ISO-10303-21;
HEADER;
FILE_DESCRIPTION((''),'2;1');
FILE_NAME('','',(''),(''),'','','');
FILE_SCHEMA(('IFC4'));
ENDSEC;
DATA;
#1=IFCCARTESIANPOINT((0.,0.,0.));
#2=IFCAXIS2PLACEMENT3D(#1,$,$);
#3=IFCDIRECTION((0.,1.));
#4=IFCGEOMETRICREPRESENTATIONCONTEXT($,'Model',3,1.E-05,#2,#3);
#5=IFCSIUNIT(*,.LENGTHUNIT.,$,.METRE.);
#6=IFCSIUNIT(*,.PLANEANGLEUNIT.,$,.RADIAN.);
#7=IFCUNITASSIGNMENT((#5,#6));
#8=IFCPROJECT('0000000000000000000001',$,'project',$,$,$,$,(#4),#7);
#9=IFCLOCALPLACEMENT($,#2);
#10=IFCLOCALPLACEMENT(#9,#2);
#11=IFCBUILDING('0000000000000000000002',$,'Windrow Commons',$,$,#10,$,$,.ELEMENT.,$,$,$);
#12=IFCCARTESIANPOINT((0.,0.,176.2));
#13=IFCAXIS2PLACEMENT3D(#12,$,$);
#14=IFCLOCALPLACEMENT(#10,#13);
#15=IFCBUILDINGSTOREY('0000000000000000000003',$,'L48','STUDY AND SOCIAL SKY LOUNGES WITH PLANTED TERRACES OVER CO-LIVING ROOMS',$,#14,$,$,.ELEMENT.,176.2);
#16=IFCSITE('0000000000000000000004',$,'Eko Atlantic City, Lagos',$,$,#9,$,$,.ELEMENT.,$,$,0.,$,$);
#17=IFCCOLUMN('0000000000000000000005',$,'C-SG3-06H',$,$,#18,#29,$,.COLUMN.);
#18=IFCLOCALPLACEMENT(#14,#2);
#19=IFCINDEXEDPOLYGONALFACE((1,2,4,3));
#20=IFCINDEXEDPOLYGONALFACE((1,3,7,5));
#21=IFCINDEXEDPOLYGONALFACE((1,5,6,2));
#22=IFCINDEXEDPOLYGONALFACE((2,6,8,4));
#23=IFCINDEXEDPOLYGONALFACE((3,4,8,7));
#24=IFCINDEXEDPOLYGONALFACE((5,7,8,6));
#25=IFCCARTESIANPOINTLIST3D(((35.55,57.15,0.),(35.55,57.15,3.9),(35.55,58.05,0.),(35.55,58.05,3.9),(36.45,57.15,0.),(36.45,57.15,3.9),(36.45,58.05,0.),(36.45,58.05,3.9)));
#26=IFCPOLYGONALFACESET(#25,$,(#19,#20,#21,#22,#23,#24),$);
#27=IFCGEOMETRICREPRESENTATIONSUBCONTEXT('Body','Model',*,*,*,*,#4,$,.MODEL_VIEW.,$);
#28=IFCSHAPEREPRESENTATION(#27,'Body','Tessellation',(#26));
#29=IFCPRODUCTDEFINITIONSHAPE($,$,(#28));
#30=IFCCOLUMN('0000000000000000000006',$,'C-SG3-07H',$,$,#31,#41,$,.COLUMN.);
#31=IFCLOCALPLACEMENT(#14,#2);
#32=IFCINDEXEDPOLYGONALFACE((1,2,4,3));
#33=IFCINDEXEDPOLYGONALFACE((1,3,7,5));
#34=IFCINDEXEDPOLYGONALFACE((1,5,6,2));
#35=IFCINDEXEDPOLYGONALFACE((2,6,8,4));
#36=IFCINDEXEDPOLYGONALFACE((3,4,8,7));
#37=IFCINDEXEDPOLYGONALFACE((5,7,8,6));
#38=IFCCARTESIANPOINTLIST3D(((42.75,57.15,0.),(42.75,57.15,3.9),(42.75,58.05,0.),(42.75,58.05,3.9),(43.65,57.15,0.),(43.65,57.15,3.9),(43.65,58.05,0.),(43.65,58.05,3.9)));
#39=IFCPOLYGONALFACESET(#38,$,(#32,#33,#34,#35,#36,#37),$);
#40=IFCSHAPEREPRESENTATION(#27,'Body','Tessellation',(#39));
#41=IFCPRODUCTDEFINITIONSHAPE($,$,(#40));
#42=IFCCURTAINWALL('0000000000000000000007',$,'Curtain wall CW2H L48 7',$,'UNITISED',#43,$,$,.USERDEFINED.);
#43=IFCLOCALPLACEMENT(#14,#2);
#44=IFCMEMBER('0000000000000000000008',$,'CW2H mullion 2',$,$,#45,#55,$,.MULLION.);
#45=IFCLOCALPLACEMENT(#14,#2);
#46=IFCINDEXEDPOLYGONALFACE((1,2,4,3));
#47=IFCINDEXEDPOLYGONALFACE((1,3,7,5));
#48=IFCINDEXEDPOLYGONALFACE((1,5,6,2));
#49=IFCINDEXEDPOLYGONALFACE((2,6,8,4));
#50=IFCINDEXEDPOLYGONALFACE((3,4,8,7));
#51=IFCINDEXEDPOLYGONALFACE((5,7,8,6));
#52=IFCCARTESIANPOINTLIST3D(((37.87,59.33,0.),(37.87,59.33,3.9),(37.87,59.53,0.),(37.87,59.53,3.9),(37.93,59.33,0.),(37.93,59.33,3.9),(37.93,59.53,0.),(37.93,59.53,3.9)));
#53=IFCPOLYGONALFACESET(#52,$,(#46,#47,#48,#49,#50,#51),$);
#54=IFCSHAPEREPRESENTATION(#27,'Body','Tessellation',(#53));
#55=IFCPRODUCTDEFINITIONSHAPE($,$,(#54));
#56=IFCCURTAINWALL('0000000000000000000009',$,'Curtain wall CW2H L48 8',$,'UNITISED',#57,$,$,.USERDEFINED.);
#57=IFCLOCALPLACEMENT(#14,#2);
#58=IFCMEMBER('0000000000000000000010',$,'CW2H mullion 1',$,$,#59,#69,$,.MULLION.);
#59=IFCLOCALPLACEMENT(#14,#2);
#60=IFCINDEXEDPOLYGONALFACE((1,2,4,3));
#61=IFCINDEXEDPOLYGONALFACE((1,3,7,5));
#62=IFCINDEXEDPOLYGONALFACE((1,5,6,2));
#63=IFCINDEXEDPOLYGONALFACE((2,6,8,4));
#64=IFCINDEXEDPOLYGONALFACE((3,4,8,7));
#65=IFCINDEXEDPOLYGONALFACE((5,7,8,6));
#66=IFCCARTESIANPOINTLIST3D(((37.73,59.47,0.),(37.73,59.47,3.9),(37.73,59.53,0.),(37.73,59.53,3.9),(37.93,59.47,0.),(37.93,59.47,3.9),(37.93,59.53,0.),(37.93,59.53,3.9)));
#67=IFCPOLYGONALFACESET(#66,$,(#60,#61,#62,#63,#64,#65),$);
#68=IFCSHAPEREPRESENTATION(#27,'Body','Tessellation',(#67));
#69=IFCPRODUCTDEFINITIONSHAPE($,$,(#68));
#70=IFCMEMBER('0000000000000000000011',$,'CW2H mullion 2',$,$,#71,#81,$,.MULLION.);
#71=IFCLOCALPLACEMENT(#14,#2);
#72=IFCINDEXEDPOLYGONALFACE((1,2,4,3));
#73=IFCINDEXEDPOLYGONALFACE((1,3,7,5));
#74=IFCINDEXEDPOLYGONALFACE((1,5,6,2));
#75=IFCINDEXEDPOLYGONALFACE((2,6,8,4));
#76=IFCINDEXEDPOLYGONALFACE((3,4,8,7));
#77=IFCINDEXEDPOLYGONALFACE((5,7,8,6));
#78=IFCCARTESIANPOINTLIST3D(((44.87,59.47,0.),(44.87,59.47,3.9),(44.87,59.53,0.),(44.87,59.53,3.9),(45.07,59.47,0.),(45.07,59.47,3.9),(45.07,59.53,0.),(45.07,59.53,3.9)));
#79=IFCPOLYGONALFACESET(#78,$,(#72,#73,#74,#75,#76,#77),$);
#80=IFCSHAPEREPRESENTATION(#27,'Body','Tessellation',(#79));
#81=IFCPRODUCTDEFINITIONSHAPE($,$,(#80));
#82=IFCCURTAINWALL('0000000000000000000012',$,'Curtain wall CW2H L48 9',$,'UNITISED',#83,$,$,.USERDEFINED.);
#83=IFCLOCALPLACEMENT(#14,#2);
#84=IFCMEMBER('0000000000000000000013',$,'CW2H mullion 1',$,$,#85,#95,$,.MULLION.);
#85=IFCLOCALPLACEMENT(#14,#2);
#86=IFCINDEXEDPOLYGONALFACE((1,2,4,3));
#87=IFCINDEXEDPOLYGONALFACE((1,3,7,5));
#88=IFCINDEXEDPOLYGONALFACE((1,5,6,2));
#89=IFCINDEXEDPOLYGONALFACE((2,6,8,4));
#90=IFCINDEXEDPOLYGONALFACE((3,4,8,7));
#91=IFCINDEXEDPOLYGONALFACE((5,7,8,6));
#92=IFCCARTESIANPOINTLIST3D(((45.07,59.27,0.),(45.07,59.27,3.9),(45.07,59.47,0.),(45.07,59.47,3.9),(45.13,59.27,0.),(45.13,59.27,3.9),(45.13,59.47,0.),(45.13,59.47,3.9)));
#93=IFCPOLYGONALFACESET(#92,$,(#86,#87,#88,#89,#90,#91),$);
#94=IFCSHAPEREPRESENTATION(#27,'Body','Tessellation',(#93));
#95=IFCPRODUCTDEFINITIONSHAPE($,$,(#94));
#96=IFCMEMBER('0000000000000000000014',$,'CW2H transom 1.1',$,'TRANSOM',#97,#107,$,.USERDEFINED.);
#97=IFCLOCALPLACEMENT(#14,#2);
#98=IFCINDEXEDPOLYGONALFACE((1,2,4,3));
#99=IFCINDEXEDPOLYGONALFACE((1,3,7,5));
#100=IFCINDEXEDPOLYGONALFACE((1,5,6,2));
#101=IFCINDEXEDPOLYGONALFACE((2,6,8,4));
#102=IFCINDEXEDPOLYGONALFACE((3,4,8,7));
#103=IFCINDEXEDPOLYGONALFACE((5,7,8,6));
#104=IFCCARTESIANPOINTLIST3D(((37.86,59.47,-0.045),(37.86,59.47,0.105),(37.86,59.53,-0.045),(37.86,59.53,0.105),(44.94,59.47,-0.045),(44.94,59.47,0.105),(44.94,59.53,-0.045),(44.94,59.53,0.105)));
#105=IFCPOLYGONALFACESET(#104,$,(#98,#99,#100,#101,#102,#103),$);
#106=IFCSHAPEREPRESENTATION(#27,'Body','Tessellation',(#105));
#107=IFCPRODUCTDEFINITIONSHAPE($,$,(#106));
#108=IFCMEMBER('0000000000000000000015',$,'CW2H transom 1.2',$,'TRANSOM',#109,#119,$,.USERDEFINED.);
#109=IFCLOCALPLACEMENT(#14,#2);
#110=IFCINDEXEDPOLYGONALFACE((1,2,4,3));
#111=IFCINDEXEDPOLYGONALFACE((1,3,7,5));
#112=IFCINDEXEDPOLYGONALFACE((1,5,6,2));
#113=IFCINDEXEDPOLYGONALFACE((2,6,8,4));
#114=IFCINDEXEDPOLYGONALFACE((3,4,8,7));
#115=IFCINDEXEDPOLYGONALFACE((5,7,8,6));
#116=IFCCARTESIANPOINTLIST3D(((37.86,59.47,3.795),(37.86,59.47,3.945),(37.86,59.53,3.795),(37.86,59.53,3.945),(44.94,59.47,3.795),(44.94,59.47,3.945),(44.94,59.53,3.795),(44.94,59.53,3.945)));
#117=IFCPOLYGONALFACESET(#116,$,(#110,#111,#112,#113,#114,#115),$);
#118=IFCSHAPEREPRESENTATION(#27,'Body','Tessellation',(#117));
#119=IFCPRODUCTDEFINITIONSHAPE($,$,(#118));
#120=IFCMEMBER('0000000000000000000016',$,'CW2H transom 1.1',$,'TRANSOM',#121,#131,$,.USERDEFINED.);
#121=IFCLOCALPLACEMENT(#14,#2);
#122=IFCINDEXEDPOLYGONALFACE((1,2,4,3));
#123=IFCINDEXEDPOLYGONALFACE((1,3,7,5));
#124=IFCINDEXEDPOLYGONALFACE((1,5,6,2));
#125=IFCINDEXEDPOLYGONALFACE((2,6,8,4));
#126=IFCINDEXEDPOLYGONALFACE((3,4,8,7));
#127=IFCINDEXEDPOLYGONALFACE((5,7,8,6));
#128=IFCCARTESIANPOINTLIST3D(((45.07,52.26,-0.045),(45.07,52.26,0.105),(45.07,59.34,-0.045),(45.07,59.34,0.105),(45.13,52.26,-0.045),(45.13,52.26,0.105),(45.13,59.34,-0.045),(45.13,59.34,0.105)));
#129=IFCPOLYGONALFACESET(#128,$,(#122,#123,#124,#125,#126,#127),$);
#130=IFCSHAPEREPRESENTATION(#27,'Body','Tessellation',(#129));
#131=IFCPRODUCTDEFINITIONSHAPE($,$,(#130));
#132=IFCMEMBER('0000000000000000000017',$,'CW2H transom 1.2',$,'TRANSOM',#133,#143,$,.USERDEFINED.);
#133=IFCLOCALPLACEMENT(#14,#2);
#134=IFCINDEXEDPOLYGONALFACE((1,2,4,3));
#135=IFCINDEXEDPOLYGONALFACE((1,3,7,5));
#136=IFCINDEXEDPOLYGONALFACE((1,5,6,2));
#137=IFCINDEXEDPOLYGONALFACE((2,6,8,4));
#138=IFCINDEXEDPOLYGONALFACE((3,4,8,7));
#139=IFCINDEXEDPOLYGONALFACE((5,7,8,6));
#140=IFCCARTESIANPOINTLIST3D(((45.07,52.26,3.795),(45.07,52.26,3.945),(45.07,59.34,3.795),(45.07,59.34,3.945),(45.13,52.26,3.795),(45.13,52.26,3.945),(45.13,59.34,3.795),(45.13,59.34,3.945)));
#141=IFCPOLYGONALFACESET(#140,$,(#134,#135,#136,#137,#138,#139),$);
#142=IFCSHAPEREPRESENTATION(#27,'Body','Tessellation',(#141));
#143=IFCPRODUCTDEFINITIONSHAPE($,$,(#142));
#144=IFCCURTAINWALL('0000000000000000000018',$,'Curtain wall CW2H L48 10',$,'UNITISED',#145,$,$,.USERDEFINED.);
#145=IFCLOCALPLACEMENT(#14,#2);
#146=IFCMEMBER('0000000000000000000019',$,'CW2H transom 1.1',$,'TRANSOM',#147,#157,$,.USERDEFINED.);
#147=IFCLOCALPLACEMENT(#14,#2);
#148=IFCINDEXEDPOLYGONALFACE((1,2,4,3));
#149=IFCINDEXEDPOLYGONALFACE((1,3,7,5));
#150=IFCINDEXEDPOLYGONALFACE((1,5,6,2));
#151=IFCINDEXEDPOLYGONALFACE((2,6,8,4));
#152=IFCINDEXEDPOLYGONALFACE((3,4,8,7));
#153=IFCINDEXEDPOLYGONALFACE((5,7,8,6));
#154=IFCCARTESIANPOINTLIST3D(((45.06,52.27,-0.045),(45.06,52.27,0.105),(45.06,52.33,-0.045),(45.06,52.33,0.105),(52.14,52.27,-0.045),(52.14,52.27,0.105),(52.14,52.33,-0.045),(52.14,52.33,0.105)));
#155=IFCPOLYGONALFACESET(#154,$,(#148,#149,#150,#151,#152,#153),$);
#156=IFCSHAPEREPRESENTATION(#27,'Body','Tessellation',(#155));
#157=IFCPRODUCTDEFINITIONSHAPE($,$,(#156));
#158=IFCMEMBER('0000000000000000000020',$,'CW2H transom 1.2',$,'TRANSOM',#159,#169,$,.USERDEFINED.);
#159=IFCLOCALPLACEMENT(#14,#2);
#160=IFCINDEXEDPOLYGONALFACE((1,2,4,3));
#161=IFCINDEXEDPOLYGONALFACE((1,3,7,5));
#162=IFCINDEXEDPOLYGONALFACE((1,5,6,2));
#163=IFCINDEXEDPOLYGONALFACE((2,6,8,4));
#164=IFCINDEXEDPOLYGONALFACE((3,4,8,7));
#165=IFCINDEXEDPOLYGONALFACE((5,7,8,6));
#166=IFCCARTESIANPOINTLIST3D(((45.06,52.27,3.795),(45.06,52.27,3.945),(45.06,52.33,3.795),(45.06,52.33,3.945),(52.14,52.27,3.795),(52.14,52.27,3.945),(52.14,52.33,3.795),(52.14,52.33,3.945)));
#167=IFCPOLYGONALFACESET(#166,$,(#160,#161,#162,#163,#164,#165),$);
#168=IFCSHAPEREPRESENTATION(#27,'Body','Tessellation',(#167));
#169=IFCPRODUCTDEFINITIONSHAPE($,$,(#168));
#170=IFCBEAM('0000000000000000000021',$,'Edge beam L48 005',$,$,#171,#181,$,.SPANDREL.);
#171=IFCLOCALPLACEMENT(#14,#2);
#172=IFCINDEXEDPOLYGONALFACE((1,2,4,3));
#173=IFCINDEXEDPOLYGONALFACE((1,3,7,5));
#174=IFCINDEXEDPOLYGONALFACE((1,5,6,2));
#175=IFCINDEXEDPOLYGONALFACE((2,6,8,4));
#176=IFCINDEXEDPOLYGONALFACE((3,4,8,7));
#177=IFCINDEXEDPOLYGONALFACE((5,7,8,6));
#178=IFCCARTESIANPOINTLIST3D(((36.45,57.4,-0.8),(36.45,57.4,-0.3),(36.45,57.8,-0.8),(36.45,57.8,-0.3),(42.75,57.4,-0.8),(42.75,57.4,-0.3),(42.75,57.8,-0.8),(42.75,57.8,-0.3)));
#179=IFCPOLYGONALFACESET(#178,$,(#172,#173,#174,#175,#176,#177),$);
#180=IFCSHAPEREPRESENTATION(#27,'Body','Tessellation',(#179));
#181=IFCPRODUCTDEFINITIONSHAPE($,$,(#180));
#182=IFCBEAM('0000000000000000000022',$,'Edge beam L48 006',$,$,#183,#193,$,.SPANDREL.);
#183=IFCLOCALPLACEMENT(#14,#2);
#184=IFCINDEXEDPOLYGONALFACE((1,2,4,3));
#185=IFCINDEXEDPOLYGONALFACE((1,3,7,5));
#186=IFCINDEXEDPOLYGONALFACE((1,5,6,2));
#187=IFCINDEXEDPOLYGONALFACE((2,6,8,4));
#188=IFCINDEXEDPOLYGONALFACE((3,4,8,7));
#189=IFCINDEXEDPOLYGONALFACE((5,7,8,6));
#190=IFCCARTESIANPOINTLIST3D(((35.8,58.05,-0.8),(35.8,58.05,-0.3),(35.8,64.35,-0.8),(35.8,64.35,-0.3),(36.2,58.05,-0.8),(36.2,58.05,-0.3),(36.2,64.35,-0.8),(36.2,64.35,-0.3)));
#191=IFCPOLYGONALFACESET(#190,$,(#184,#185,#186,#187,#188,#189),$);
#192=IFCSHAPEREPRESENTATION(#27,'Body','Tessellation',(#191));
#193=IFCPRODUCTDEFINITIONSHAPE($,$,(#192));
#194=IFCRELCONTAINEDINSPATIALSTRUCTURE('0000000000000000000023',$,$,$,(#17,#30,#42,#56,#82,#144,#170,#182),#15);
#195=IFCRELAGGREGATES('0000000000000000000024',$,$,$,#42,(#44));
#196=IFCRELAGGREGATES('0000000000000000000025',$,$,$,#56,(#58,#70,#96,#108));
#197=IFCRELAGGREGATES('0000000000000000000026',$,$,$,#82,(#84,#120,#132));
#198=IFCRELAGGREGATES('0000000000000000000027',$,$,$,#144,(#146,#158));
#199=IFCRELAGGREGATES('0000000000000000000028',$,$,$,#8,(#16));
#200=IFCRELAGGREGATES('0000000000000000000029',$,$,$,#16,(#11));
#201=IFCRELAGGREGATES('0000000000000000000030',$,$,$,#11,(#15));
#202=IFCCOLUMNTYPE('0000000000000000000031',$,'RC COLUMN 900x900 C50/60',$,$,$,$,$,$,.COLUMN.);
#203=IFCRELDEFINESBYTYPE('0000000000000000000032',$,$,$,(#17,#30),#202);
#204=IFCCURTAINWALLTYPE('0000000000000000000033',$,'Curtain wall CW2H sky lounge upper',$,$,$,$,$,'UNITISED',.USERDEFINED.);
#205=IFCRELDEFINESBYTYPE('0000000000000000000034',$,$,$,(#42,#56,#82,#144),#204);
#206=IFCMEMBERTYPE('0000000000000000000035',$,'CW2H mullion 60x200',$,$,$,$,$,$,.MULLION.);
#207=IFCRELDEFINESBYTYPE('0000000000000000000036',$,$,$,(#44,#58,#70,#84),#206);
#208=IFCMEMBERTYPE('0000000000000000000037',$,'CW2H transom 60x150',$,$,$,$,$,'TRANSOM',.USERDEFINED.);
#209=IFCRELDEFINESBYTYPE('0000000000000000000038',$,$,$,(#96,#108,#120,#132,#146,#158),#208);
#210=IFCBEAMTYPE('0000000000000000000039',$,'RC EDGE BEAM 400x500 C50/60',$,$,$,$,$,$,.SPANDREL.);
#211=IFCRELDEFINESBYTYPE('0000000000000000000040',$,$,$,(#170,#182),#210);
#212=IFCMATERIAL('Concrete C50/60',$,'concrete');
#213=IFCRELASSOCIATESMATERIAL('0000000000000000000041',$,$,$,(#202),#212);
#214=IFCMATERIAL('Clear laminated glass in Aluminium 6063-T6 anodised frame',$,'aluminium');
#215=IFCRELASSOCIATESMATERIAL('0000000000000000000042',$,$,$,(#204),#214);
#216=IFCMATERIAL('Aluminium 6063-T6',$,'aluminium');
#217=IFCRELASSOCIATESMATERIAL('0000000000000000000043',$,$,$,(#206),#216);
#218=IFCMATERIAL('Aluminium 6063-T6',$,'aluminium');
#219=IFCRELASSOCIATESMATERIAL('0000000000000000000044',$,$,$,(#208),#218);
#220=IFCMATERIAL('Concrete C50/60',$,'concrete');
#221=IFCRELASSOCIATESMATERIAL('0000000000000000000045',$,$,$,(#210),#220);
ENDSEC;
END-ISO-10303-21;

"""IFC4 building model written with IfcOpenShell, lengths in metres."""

from ifc_helpers import new_model, si_unit, direction, frame, origin, origin_2d, place, context, subcontext, project, spatial, rectangle, extrude, material, material_profile, profile_set, type_object, element, aggregate, save


model = new_model("IFC4")

# Units and contexts
model_context = context("Model", 3, precision=1e-05, world=origin(), true_north=direction((0.0, 1.0)))
body_context = subcontext(model_context, "Body", "Model", "MODEL_VIEW")
ifc_project = project(units=[si_unit("LENGTHUNIT", "METRE"), si_unit("PLANEANGLEUNIT", "RADIAN")], contexts=[model_context])

# Site, building, storey
site_placement = place(None, origin())
site = spatial("IfcSite", under=ifc_project, at=site_placement, Name="Eko Atlantic City, Lagos", CompositionType="ELEMENT", RefElevation=0.0)
building_placement = place(site_placement, origin())
building = spatial("IfcBuilding", under=site, at=building_placement, Name="Windrow Commons", CompositionType="ELEMENT")
storey_placement = place(building_placement, frame((0.0, 0.0, 176.2)))
storey = spatial("IfcBuildingStorey", under=building, at=storey_placement, Name="L48", Description="STUDY AND SOCIAL SKY LOUNGES WITH PLANTED TERRACES OVER CO-LIVING ROOMS", CompositionType="ELEMENT", Elevation=176.2)

# Columns
ifc_material_1 = material(Name="Concrete C50/60", Category="concrete")
ifc_material_profile_1 = material_profile(ifc_material_1, rectangle(XDim=0.9, YDim=0.9, at=origin_2d()))
ifc_profile_set_1 = profile_set([ifc_material_profile_1], Name="Concrete C50/60")
column_type = type_object("IfcColumnType", Name="RC COLUMN 900x900 C50/60", PredefinedType="COLUMN", material=ifc_profile_set_1)
for number, where, z_axis, x_axis, name in (
    (1, (36.0, 57.6, 0.0), (0.0, 0.0, 1.0), (1.0, 0.0, 0.0), "C-SG3-06H"),
    (2, (43.2, 57.6, 0.0), (0.0, 0.0, 1.0), (1.0, 0.0, 0.0), "C-SG3-07H"),
):
    element("IfcColumn", number, at=place(storey_placement, frame(where, z_axis=z_axis, x_axis=x_axis)), inside=storey, type_object=column_type, Name=name, PredefinedType="COLUMN", context=body_context, shape_type="SweptSolid", body=[
        extrude(rectangle(XDim=0.9, YDim=0.9, at=origin_2d()), origin(), (0.0, 0.0, 1.0), 3.9),
    ])

# Curtain wall, member
ifc_material_2 = material(Name="Clear laminated glass in Aluminium 6063-T6 anodised frame", Category="aluminium")
curtain_wall_type = type_object("IfcCurtainWallType", Name="Curtain wall CW2H sky lounge upper", ElementType="UNITISED", PredefinedType="USERDEFINED", material=ifc_material_2)
placement = place(storey_placement, origin())
curtain_wall_1 = element("IfcCurtainWall", 3, at=placement, inside=storey, type_object=curtain_wall_type, Name="Curtain wall CW2H L48 7", ObjectType="UNITISED", PredefinedType="USERDEFINED")
ifc_material_3 = material(Name="Aluminium 6063-T6", Category="aluminium")
ifc_material_profile_2 = material_profile(ifc_material_3, rectangle(XDim=0.06, YDim=0.2, at=origin_2d()))
ifc_profile_set_2 = profile_set([ifc_material_profile_2], Name="Aluminium 6063-T6")
member_type_1 = type_object("IfcMemberType", Name="CW2H mullion 60x200", PredefinedType="MULLION", material=ifc_profile_set_2)
member_1_placement = place(storey_placement, frame((37.9, 59.43, 0.0), z_axis=(0.0, 0.0, 1.0), x_axis=(1.0, 0.0, 0.0)))
member_1 = element("IfcMember", 4, at=member_1_placement, type_object=member_type_1, Name="CW2H mullion 2", PredefinedType="MULLION", context=body_context, shape_type="SweptSolid", body=[
    extrude(rectangle(XDim=0.06, YDim=0.2, at=origin_2d()), origin(), (0.0, 0.0, 1.0), 3.9),
])
aggregate(curtain_wall_1, [member_1])

# Curtain wall, members
curtain_wall_2 = element("IfcCurtainWall", 5, at=placement, inside=storey, type_object=curtain_wall_type, Name="Curtain wall CW2H L48 8", ObjectType="UNITISED", PredefinedType="USERDEFINED")
member_2_placement = place(storey_placement, frame((37.83, 59.5, 0.0), z_axis=(0.0, 0.0, 1.0), x_axis=(0.0, 1.0, 0.0)))
member_2 = element("IfcMember", 6, at=member_2_placement, type_object=member_type_1, Name="CW2H mullion 1", PredefinedType="MULLION", context=body_context, shape_type="SweptSolid", body=[
    extrude(rectangle(XDim=0.06, YDim=0.2, at=origin_2d()), origin(), (0.0, 0.0, 1.0), 3.9),
])
member_3_placement = place(storey_placement, frame((44.97, 59.5, 0.0), z_axis=(0.0, 0.0, 1.0), x_axis=(0.0, 1.0, 0.0)))
member_3 = element("IfcMember", 7, at=member_3_placement, type_object=member_type_1, Name="CW2H mullion 2", PredefinedType="MULLION", context=body_context, shape_type="SweptSolid", body=[
    extrude(rectangle(XDim=0.06, YDim=0.2, at=origin_2d()), origin(), (0.0, 0.0, 1.0), 3.9),
])

# Curtain wall, member
curtain_wall_3 = element("IfcCurtainWall", 8, at=placement, inside=storey, type_object=curtain_wall_type, Name="Curtain wall CW2H L48 9", ObjectType="UNITISED", PredefinedType="USERDEFINED")
member_4_placement = place(storey_placement, frame((45.1, 59.37, 0.0), z_axis=(0.0, 0.0, 1.0), x_axis=(1.0, 0.0, 0.0)))
member_4 = element("IfcMember", 9, at=member_4_placement, type_object=member_type_1, Name="CW2H mullion 1", PredefinedType="MULLION", context=body_context, shape_type="SweptSolid", body=[
    extrude(rectangle(XDim=0.06, YDim=0.2, at=origin_2d()), origin(), (0.0, 0.0, 1.0), 3.9),
])

# Members
ifc_material_4 = material(Name="Aluminium 6063-T6", Category="aluminium")
ifc_material_profile_3 = material_profile(ifc_material_4, rectangle(XDim=0.06, YDim=0.15, at=origin_2d()))
ifc_profile_set_3 = profile_set([ifc_material_profile_3], Name="Aluminium 6063-T6")
member_type_2 = type_object("IfcMemberType", Name="CW2H transom 60x150", ElementType="TRANSOM", PredefinedType="USERDEFINED", material=ifc_profile_set_3)
member_5_placement = place(storey_placement, frame((37.86, 59.5, 0.03), z_axis=(1.0, 0.0, 0.0), x_axis=(0.0, 1.0, 0.0)))
member_5 = element("IfcMember", 10, at=member_5_placement, type_object=member_type_2, Name="CW2H transom 1.1", ObjectType="TRANSOM", PredefinedType="USERDEFINED", context=body_context, shape_type="SweptSolid", body=[
    extrude(rectangle(XDim=0.06, YDim=0.15, at=origin_2d()), origin(), (0.0, 0.0, 1.0), 7.08),
])
member_6_placement = place(storey_placement, frame((37.86, 59.5, 3.87), z_axis=(1.0, 0.0, 0.0), x_axis=(0.0, 1.0, 0.0)))
member_6 = element("IfcMember", 11, at=member_6_placement, type_object=member_type_2, Name="CW2H transom 1.2", ObjectType="TRANSOM", PredefinedType="USERDEFINED", context=body_context, shape_type="SweptSolid", body=[
    extrude(rectangle(XDim=0.06, YDim=0.15, at=origin_2d()), origin(), (0.0, 0.0, 1.0), 7.08),
])
member_7_placement = place(storey_placement, frame((45.1, 59.34, 0.03), z_axis=(0.0, -1.0, 0.0), x_axis=(1.0, 0.0, 0.0)))
member_7 = element("IfcMember", 12, at=member_7_placement, type_object=member_type_2, Name="CW2H transom 1.1", ObjectType="TRANSOM", PredefinedType="USERDEFINED", context=body_context, shape_type="SweptSolid", body=[
    extrude(rectangle(XDim=0.06, YDim=0.15, at=origin_2d()), origin(), (0.0, 0.0, 1.0), 7.08),
])
member_8_placement = place(storey_placement, frame((45.1, 59.34, 3.87), z_axis=(0.0, -1.0, 0.0), x_axis=(1.0, 0.0, 0.0)))
member_8 = element("IfcMember", 13, at=member_8_placement, type_object=member_type_2, Name="CW2H transom 1.2", ObjectType="TRANSOM", PredefinedType="USERDEFINED", context=body_context, shape_type="SweptSolid", body=[
    extrude(rectangle(XDim=0.06, YDim=0.15, at=origin_2d()), origin(), (0.0, 0.0, 1.0), 7.08),
])

# Curtain wall, members
curtain_wall_4 = element("IfcCurtainWall", 14, at=placement, inside=storey, type_object=curtain_wall_type, Name="Curtain wall CW2H L48 10", ObjectType="UNITISED", PredefinedType="USERDEFINED")
member_9_placement = place(storey_placement, frame((45.06, 52.3, 0.03), z_axis=(1.0, 0.0, 0.0), x_axis=(0.0, 1.0, 0.0)))
member_9 = element("IfcMember", 15, at=member_9_placement, type_object=member_type_2, Name="CW2H transom 1.1", ObjectType="TRANSOM", PredefinedType="USERDEFINED", context=body_context, shape_type="SweptSolid", body=[
    extrude(rectangle(XDim=0.06, YDim=0.15, at=origin_2d()), origin(), (0.0, 0.0, 1.0), 7.08),
])
member_10_placement = place(storey_placement, frame((45.06, 52.3, 3.87), z_axis=(1.0, 0.0, 0.0), x_axis=(0.0, 1.0, 0.0)))
member_10 = element("IfcMember", 16, at=member_10_placement, type_object=member_type_2, Name="CW2H transom 1.2", ObjectType="TRANSOM", PredefinedType="USERDEFINED", context=body_context, shape_type="SweptSolid", body=[
    extrude(rectangle(XDim=0.06, YDim=0.15, at=origin_2d()), origin(), (0.0, 0.0, 1.0), 7.08),
])

# Beams
ifc_material_5 = material(Name="Concrete C50/60", Category="concrete")
ifc_material_profile_4 = material_profile(ifc_material_5, rectangle(XDim=0.4, YDim=0.5, at=origin_2d()))
ifc_profile_set_4 = profile_set([ifc_material_profile_4], Name="Concrete C50/60")
beam_type = type_object("IfcBeamType", Name="RC EDGE BEAM 400x500 C50/60", PredefinedType="SPANDREL", material=ifc_profile_set_4)
for number, where, z_axis, x_axis, name in (
    (17, (42.75, 57.6, -0.55), (-1.0, 0.0, 0.0), (0.0, -1.0, 0.0), "Edge beam L48 005"),
    (18, (36.0, 58.05, -0.55), (0.0, 1.0, 0.0), (-1.0, 0.0, 0.0), "Edge beam L48 006"),
):
    element("IfcBeam", number, at=place(storey_placement, frame(where, z_axis=z_axis, x_axis=x_axis)), inside=storey, type_object=beam_type, Name=name, PredefinedType="SPANDREL", context=body_context, shape_type="SweptSolid", body=[
        extrude(rectangle(XDim=0.4, YDim=0.5, at=origin_2d()), origin(), (0.0, 0.0, 1.0), 6.3),
    ])

aggregate(curtain_wall_2, [member_2, member_3, member_5, member_6])
aggregate(curtain_wall_3, [member_4, member_7, member_8])
aggregate(curtain_wall_4, [member_9, member_10])

save(model, "model.ifc")
